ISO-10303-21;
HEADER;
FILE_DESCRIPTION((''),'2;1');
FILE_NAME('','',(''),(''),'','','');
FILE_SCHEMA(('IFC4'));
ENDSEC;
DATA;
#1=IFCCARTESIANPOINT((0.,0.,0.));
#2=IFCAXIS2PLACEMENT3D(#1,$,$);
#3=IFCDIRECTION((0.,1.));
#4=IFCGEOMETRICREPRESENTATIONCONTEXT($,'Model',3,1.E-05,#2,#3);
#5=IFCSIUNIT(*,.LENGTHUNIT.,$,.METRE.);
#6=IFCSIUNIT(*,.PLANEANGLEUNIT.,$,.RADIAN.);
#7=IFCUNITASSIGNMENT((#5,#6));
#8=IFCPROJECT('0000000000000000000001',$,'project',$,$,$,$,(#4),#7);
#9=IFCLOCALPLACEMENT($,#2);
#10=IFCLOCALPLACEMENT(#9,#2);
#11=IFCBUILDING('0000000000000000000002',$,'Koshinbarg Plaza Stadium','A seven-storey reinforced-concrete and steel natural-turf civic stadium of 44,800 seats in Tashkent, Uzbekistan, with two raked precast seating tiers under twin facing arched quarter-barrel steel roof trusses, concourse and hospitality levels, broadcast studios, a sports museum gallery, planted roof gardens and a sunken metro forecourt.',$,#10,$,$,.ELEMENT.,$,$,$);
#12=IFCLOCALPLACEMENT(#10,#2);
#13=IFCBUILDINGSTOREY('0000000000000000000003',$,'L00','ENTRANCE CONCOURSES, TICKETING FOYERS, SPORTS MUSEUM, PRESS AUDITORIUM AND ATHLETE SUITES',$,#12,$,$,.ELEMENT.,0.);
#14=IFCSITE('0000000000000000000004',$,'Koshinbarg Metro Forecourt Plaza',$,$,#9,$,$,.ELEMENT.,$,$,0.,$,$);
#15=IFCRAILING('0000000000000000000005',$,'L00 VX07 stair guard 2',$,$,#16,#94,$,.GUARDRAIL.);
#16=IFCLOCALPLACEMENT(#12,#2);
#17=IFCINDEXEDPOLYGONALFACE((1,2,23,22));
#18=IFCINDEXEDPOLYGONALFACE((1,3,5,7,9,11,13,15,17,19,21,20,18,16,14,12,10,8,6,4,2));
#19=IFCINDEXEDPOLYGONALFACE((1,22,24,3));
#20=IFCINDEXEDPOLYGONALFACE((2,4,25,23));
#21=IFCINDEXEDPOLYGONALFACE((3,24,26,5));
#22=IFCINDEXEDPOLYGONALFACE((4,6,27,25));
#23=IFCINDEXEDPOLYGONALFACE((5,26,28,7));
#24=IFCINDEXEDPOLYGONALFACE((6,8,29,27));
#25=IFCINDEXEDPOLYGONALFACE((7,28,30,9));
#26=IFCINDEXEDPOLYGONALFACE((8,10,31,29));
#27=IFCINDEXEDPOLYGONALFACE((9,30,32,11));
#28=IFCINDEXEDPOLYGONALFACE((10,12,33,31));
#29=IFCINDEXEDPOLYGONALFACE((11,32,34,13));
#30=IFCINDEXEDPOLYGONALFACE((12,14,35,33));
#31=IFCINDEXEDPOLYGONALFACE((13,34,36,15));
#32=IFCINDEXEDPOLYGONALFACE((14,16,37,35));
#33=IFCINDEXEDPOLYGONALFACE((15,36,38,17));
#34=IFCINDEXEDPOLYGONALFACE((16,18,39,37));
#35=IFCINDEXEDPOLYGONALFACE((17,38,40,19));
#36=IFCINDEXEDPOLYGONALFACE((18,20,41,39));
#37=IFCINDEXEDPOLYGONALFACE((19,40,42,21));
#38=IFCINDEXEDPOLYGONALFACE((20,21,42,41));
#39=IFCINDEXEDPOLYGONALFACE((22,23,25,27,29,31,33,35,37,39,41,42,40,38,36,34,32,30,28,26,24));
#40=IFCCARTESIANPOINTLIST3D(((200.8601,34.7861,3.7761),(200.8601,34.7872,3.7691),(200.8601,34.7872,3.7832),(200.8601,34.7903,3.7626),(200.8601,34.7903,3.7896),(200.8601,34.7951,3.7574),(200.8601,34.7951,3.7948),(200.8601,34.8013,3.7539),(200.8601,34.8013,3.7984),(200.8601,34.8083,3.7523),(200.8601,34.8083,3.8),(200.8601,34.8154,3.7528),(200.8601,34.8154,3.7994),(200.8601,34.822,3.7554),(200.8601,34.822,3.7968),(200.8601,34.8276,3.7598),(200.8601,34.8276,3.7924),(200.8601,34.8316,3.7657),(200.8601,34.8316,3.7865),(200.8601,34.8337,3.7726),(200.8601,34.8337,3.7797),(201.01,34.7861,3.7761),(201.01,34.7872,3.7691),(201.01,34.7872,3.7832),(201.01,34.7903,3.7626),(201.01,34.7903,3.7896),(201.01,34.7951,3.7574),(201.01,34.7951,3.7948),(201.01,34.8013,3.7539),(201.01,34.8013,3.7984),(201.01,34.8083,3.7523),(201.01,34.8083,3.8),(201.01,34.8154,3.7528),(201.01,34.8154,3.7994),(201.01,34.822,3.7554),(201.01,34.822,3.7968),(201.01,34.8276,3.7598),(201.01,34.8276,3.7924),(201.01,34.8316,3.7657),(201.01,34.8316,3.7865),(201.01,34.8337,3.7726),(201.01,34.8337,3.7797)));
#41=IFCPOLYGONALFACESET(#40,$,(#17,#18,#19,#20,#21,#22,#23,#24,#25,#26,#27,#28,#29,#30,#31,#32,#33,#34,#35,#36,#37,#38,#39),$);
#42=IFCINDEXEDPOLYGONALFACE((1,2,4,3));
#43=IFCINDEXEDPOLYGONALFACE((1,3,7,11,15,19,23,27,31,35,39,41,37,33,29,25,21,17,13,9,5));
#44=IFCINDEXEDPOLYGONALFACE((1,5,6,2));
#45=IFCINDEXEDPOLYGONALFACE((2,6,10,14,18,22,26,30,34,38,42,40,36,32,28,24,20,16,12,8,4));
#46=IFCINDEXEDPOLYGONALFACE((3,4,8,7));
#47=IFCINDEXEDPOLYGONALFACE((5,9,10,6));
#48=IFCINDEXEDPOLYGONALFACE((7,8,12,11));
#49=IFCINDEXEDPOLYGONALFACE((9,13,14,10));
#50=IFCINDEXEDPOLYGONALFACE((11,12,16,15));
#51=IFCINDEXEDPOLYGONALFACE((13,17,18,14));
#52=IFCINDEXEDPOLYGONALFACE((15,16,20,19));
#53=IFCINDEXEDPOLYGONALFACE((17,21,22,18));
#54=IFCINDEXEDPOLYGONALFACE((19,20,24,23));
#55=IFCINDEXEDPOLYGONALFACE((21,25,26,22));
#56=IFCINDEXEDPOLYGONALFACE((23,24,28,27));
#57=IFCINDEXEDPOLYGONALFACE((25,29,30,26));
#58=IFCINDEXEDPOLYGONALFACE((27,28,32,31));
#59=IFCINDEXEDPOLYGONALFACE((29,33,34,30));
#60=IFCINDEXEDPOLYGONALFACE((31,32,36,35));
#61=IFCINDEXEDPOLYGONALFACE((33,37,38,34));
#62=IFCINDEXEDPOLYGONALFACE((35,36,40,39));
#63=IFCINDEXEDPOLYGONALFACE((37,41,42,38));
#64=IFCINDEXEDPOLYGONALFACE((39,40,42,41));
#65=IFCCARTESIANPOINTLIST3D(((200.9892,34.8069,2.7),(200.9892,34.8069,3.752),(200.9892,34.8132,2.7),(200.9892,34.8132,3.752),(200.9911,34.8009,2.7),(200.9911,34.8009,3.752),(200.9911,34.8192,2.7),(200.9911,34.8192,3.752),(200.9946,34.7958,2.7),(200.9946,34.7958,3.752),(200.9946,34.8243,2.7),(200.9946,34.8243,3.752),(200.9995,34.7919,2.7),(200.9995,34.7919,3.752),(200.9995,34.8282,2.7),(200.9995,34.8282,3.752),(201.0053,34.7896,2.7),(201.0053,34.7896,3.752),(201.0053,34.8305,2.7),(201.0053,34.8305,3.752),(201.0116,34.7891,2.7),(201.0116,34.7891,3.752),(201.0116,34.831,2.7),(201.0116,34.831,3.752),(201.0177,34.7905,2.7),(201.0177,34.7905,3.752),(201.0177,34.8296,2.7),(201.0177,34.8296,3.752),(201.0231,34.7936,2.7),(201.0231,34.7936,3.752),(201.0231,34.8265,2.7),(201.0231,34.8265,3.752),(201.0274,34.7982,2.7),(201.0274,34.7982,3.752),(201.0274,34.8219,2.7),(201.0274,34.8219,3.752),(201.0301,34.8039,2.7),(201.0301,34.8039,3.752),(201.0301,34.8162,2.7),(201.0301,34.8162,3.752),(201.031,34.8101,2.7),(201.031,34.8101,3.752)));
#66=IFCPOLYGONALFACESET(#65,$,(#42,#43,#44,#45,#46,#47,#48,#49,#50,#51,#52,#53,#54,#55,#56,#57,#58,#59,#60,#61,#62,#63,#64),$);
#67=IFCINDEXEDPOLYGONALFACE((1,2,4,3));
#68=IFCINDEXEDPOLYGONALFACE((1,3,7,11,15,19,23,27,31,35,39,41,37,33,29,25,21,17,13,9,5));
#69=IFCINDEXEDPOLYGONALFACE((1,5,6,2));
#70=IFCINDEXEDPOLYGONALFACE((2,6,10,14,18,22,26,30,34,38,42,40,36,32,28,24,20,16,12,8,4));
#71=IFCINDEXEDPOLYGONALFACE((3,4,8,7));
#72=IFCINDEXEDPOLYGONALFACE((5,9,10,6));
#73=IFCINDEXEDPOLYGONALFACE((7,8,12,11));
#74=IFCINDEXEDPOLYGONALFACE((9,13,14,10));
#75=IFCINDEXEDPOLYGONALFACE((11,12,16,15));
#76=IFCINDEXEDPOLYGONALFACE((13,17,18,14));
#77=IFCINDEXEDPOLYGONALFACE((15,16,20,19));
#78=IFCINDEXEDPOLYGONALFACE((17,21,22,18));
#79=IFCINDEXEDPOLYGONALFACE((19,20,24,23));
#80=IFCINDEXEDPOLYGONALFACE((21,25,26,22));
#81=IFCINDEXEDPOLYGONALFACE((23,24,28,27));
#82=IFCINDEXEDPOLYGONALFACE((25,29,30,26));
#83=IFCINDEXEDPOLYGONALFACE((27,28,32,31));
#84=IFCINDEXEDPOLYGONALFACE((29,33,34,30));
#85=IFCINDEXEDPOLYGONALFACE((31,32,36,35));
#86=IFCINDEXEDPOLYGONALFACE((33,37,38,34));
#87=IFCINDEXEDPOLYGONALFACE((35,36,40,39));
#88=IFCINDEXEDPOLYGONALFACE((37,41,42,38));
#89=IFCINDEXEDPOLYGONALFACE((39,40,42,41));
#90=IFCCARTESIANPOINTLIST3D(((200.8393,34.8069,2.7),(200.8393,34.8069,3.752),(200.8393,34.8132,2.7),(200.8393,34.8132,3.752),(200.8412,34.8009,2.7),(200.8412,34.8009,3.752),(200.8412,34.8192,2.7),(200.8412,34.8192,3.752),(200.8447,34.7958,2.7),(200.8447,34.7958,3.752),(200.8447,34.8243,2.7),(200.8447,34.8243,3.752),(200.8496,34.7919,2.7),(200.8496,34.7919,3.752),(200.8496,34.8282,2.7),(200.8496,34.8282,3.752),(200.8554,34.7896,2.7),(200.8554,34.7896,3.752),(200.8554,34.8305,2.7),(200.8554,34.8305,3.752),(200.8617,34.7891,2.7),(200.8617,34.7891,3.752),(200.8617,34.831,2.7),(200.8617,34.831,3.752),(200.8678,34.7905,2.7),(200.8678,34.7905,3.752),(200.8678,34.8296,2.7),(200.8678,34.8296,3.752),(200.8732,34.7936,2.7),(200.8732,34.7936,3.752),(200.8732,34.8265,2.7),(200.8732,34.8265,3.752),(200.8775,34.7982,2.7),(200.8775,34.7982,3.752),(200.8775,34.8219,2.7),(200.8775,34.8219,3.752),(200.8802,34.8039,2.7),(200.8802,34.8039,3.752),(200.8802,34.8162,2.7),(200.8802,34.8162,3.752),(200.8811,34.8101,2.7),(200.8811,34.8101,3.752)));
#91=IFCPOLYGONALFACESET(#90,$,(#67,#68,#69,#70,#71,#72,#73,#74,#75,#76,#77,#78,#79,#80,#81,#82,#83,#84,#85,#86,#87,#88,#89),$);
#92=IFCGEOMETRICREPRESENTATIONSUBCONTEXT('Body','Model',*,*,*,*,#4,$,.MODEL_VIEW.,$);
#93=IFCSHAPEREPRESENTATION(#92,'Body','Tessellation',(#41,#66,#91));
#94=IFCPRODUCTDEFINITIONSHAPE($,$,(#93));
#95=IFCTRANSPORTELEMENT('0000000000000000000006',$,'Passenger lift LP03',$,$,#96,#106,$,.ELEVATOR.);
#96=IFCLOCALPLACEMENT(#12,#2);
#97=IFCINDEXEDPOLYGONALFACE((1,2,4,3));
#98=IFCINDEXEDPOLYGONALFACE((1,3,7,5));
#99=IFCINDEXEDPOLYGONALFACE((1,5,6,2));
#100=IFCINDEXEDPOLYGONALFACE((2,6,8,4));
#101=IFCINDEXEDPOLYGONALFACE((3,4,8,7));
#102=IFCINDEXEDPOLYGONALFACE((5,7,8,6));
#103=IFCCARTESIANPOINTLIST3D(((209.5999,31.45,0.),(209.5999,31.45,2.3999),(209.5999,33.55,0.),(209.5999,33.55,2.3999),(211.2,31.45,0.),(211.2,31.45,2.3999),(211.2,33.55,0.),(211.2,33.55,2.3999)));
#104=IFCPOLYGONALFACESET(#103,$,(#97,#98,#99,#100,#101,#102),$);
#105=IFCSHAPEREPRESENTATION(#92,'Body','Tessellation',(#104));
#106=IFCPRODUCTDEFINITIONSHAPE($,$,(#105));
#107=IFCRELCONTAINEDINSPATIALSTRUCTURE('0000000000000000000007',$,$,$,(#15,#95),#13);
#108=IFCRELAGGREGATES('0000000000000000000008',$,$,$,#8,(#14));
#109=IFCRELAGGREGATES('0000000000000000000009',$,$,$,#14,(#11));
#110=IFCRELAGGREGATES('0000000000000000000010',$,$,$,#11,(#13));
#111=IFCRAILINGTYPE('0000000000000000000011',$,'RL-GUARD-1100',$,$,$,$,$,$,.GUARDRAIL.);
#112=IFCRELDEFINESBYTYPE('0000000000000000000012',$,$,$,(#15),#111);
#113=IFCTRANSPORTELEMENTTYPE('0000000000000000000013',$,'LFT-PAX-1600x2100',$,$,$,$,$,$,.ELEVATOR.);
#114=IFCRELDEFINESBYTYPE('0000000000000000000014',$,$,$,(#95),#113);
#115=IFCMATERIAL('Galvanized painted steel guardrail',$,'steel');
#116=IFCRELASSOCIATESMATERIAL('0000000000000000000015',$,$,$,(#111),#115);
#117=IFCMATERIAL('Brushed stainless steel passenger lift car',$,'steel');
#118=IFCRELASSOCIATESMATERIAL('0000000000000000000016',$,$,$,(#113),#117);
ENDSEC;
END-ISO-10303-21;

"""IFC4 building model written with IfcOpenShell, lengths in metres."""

from ifc_helpers import new_model, si_unit, direction, frame, origin, origin_2d, place, context, subcontext, project, spatial, rectangle, circle, extrude, material, type_object, element, save


model = new_model("IFC4")

# Units and contexts
model_context = context("Model", 3, precision=1e-05, world=origin(), true_north=direction((0.0, 1.0)))
body_context = subcontext(model_context, "Body", "Model", "MODEL_VIEW")
ifc_project = project(units=[si_unit("LENGTHUNIT", "METRE"), si_unit("PLANEANGLEUNIT", "RADIAN")], contexts=[model_context])

# Site, building, storey
site_placement = place(None, origin())
site = spatial("IfcSite", under=ifc_project, at=site_placement, Name="Koshinbarg Metro Forecourt Plaza", CompositionType="ELEMENT", RefElevation=0.0)
building_placement = place(site_placement, origin())
building = spatial("IfcBuilding", under=site, at=building_placement, Name="Koshinbarg Plaza Stadium", Description="A seven-storey reinforced-concrete and steel natural-turf civic stadium of 44,800 seats in Tashkent, Uzbekistan, with two raked precast seating tiers under twin facing arched quarter-barrel steel roof trusses, concourse and hospitality levels, broadcast studios, a sports museum gallery, planted roof gardens and a sunken metro forecourt.", CompositionType="ELEMENT")
storey_placement = place(building_placement, origin())
storey = spatial("IfcBuildingStorey", under=building, at=storey_placement, Name="L00", Description="ENTRANCE CONCOURSES, TICKETING FOYERS, SPORTS MUSEUM, PRESS AUDITORIUM AND ATHLETE SUITES", CompositionType="ELEMENT", Elevation=0.0)

# Railing
ifc_material_1 = material(Name="Galvanized painted steel guardrail", Category="steel")
railing_type_1 = type_object("IfcRailingType", Name="RL-GUARD-1100", PredefinedType="GUARDRAIL", material=ifc_material_1)
railing_1_placement = place(storey_placement, frame((201.01, 34.8101, 2.7)))
element("IfcRailing", 1, at=railing_1_placement, inside=storey, type_object=railing_type_1, Name="L00 VX07 stair guard 2", PredefinedType="GUARDRAIL", context=body_context, shape_type="SweptSolid", body=[
    extrude(circle(Radius=0.0239, at=origin_2d()), frame((0.0, 0.0, 1.0762), z_axis=(-1.0, 0.0, 0.0), x_axis=(0.0, -1.0, 0.0)), (0.0, 0.0, 1.0), 0.1499),
    extrude(circle(Radius=0.021, at=origin_2d()), origin(), (0.0, 0.0, 1.0), 1.052),
    extrude(circle(Radius=0.021, at=origin_2d()), frame((-0.1499, 0.0, 0.0)), (0.0, 0.0, 1.0), 1.052),
])

# Transport element
ifc_material_2 = material(Name="Brushed stainless steel passenger lift car", Category="steel")
transport_element_type = type_object("IfcTransportElementType", Name="LFT-PAX-1600x2100", PredefinedType="ELEVATOR", material=ifc_material_2)
transport_element_placement = place(storey_placement, frame((210.3999, 32.5, 0.0), z_axis=(0.0, 0.0, 1.0), x_axis=(1.0, 0.0, 0.0)))
element("IfcTransportElement", 2, at=transport_element_placement, inside=storey, type_object=transport_element_type, Name="Passenger lift LP03", PredefinedType="ELEVATOR", context=body_context, shape_type="SweptSolid", body=[
    extrude(rectangle(XDim=1.6001, YDim=2.1001, at=origin_2d()), origin(), (0.0, 0.0, 1.0), 2.3999),
])

save(model, "model.ifc")
